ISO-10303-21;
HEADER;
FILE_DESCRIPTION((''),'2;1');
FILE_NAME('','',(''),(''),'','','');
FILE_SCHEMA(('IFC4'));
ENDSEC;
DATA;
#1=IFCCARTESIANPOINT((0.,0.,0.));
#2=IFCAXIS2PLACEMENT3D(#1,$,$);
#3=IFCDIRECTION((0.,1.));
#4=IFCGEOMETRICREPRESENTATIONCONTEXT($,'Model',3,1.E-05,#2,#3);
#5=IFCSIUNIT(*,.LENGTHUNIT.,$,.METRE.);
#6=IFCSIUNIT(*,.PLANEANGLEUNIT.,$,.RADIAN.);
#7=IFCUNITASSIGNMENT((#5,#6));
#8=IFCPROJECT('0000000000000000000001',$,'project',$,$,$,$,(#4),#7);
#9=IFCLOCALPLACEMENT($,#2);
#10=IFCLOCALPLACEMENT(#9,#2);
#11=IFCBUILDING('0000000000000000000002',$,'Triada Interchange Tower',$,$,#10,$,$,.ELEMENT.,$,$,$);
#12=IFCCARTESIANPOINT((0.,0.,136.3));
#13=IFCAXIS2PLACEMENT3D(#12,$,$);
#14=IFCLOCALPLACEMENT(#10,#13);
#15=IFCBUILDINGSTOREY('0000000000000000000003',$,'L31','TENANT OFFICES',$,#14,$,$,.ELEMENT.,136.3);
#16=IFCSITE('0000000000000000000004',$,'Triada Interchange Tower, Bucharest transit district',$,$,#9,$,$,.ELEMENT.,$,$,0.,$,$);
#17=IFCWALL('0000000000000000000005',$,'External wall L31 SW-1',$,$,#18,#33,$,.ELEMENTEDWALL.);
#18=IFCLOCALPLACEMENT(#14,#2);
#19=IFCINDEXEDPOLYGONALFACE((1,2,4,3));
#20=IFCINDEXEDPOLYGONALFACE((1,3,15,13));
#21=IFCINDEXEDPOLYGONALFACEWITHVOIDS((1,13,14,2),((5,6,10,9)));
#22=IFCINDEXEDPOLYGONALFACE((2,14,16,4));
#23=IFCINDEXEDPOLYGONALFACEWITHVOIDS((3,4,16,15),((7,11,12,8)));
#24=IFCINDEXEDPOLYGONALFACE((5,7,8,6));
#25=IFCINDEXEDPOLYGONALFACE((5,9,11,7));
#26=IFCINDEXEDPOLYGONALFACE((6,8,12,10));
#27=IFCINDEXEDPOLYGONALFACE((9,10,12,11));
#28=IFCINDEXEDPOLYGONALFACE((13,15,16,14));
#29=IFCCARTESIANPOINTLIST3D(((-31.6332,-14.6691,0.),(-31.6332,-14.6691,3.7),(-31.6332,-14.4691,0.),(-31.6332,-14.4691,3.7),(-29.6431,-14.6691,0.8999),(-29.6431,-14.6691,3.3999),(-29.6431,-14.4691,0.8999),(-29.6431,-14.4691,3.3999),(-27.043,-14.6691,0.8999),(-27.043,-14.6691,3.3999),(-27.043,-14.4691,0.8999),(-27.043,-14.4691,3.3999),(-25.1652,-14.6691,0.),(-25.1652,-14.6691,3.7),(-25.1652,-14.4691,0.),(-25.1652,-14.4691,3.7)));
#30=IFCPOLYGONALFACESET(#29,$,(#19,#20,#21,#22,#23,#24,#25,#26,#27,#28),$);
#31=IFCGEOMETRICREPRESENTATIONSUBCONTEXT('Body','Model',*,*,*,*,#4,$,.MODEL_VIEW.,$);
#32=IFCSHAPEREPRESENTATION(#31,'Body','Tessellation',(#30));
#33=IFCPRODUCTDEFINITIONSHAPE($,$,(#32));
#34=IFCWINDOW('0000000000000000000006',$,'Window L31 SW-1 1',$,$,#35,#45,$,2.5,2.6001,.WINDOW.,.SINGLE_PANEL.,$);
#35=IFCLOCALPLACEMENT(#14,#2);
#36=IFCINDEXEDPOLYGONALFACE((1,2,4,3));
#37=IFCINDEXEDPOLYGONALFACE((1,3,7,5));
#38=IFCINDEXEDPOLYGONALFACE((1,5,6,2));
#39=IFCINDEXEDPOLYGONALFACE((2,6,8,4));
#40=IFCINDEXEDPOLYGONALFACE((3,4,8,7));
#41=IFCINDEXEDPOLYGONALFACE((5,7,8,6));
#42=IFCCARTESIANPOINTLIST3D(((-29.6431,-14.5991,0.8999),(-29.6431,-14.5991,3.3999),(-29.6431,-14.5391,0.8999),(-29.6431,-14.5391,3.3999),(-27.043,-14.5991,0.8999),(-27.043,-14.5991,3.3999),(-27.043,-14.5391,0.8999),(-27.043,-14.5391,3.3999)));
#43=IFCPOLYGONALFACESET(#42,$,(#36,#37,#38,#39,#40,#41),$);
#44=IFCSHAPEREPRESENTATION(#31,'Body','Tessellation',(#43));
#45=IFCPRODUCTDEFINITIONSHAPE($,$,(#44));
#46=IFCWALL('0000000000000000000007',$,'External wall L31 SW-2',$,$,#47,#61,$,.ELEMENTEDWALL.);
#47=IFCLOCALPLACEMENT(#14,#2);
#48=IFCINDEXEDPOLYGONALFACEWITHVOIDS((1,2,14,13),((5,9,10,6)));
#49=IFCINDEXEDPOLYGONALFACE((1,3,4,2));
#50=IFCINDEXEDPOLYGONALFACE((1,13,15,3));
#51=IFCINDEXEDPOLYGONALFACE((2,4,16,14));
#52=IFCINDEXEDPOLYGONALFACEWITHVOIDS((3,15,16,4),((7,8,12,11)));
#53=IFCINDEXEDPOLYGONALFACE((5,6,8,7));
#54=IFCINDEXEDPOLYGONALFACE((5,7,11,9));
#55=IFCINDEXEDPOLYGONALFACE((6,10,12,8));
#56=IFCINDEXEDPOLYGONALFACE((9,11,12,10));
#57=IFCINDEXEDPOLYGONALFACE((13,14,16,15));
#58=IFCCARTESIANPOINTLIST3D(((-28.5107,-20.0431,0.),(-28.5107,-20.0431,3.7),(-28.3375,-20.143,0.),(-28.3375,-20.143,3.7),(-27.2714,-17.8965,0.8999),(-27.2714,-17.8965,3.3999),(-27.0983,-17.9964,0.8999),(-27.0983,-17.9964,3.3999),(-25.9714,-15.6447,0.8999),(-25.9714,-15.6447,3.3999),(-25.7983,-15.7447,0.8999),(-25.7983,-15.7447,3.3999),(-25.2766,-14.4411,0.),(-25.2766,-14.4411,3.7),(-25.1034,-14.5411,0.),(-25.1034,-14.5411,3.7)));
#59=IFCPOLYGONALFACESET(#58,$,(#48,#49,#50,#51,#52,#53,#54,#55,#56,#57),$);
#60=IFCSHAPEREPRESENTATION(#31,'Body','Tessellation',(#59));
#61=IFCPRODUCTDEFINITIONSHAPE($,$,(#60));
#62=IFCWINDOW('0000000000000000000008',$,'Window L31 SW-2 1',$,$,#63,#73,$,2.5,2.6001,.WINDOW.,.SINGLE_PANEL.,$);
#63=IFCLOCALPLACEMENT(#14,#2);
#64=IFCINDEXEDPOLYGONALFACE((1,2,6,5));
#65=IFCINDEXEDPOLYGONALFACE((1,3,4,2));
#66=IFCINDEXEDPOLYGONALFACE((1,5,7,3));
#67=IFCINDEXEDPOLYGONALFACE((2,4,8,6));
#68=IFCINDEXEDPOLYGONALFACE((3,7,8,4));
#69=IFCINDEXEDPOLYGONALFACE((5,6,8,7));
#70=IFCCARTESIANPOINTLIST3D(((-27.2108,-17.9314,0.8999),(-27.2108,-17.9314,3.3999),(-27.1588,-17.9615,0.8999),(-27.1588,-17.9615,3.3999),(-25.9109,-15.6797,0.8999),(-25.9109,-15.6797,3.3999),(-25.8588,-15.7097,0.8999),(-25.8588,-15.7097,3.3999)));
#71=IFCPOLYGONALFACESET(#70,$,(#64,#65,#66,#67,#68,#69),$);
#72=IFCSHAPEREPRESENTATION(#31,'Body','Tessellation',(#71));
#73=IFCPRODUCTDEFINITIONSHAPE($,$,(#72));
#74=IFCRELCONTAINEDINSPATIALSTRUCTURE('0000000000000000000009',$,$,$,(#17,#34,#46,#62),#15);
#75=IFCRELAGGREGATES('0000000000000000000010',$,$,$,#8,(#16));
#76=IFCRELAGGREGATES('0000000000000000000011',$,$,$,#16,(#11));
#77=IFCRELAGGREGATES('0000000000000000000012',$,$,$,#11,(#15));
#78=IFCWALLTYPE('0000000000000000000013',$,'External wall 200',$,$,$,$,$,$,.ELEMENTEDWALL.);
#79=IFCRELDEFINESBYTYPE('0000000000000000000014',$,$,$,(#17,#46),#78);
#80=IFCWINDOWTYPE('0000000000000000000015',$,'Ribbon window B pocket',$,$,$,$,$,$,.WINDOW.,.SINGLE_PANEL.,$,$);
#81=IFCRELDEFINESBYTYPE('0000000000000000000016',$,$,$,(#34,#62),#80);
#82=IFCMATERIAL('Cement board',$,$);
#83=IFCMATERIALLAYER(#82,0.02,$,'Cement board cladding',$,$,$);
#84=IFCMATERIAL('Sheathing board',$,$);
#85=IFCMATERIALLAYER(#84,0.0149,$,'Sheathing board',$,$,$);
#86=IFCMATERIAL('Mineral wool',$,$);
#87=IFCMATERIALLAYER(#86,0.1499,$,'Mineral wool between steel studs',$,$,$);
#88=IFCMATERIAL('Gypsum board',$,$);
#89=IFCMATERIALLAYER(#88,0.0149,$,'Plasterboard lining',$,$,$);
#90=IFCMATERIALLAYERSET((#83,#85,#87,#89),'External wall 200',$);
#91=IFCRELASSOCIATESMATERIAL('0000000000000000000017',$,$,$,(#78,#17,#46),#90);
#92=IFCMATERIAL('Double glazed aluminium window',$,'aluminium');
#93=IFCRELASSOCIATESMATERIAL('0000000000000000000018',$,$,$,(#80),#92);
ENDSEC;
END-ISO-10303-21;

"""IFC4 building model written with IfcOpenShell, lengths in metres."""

from ifc_helpers import new_model, si_unit, direction, frame, frame_2d, origin, place, context, subcontext, project, spatial, rectangle, extrude, material, layer, layer_set, layer_usage, type_object, element, fill, save


model = new_model("IFC4")

# Units and contexts
model_context = context("Model", 3, precision=1e-05, world=origin(), true_north=direction((0.0, 1.0)))
body_context = subcontext(model_context, "Body", "Model", "MODEL_VIEW")
ifc_project = project(units=[si_unit("LENGTHUNIT", "METRE"), si_unit("PLANEANGLEUNIT", "RADIAN")], contexts=[model_context])

# Site, building, storey
site_placement = place(None, origin())
site = spatial("IfcSite", under=ifc_project, at=site_placement, Name="Triada Interchange Tower, Bucharest transit district", CompositionType="ELEMENT", RefElevation=0.0)
building_placement = place(site_placement, origin())
building = spatial("IfcBuilding", under=site, at=building_placement, Name="Triada Interchange Tower", CompositionType="ELEMENT")
storey_placement = place(building_placement, frame((0.0, 0.0, 136.3)))
storey = spatial("IfcBuildingStorey", under=building, at=storey_placement, Name="L31", Description="TENANT OFFICES", CompositionType="ELEMENT", Elevation=136.3)

# Walls, openings, windows
ifc_material_1 = material(Name="Cement board")
ifc_layer_1 = layer(ifc_material_1, 0.02, Name="Cement board cladding")
ifc_material_2 = material(Name="Sheathing board")
ifc_layer_2 = layer(ifc_material_2, 0.0149, Name="Sheathing board")
ifc_material_3 = material(Name="Mineral wool")
ifc_layer_3 = layer(ifc_material_3, 0.1499, Name="Mineral wool between steel studs")
ifc_material_4 = material(Name="Gypsum board")
ifc_layer_4 = layer(ifc_material_4, 0.0149, Name="Plasterboard lining")
ifc_layer_set_1 = layer_set([ifc_layer_1, ifc_layer_2, ifc_layer_3, ifc_layer_4], Name="External wall 200")
ifc_layer_usage = layer_usage(ifc_layer_set_1, "AXIS2", "POSITIVE", -0.1001)
wall_type_1 = type_object("IfcWallType", Name="External wall 200", PredefinedType="ELEMENTEDWALL", material=ifc_layer_set_1)
wall_1_placement = place(storey_placement, frame((-31.6331, -14.5691, 0.0), z_axis=(0.0, 0.0, 1.0), x_axis=(1.0, 0.0, 0.0)))
wall_1 = element("IfcWall", 1, at=wall_1_placement, inside=storey, type_object=wall_type_1, material=ifc_layer_usage, Name="External wall L31 SW-1", PredefinedType="ELEMENTEDWALL", context=body_context, shape_type="SweptSolid", body=[
    extrude(rectangle(XDim=6.468, YDim=0.2, at=frame_2d((3.2339, 0.0))), origin(), (0.0, 0.0, 1.0), 3.7),
])
opening_1_placement = place(wall_1_placement, frame((1.99, 0.0, 0.8999)))
opening_1 = element("IfcOpeningElement", 2, at=opening_1_placement, cuts=wall_1, PredefinedType="OPENING", context=body_context, shape_type="SweptSolid", body=[
    extrude(rectangle(XDim=2.6001, YDim=2.5, at=frame_2d((1.3, 1.25))), frame((0.0, 0.1099, 0.0), z_axis=(0.0, -1.0, 0.0), x_axis=(1.0, 0.0, 0.0)), (0.0, 0.0, 1.0), 0.22),
])
ifc_material_5 = material(Name="Double glazed aluminium window", Category="aluminium")
window_type_1 = type_object("IfcWindowType", Name="Ribbon window B pocket", PartitioningType="SINGLE_PANEL", PredefinedType="WINDOW", material=ifc_material_5)
window_1_placement = place(opening_1_placement, origin())
window_1 = element("IfcWindow", 3, at=window_1_placement, inside=storey, type_object=window_type_1, Name="Window L31 SW-1 1", OverallHeight=2.5, OverallWidth=2.6001, PartitioningType="SINGLE_PANEL", PredefinedType="WINDOW", context=body_context, shape_type="SweptSolid", body=[
    extrude(rectangle(XDim=2.6001, YDim=2.5, at=frame_2d((1.3, 1.25))), frame((0.0, 0.03, 0.0), z_axis=(0.0, -1.0, 0.0), x_axis=(1.0, 0.0, 0.0)), (0.0, 0.0, 1.0), 0.0601),
])
fill(opening_1, window_1)
wall_2_placement = place(storey_placement, frame((-25.1899, -14.491, 0.0), z_axis=(0.0, 0.0, 1.0), x_axis=(-0.499975, -0.86604, 0.0)))
wall_2 = element("IfcWall", 4, at=wall_2_placement, inside=storey, type_object=wall_type_1, material=ifc_layer_usage, Name="External wall L31 SW-2", PredefinedType="ELEMENTEDWALL", context=body_context, shape_type="SweptSolid", body=[
    extrude(rectangle(XDim=6.4685, YDim=0.2, at=frame_2d((3.2344, 0.0))), origin(), (0.0, 0.0, 1.0), 3.7),
])
opening_2_placement = place(wall_2_placement, frame((1.3899, 0.0, 0.8999)))
opening_2 = element("IfcOpeningElement", 5, at=opening_2_placement, cuts=wall_2, PredefinedType="OPENING", context=body_context, shape_type="SweptSolid", body=[
    extrude(rectangle(XDim=2.6001, YDim=2.5, at=frame_2d((1.3, 1.25))), frame((0.0, 0.1099, 0.0), z_axis=(0.0, -1.0, 0.0), x_axis=(1.0, 0.0, 0.0)), (0.0, 0.0, 1.0), 0.22),
])
window_2_placement = place(opening_2_placement, origin())
window_2 = element("IfcWindow", 6, at=window_2_placement, inside=storey, type_object=window_type_1, Name="Window L31 SW-2 1", OverallHeight=2.5, OverallWidth=2.6001, PartitioningType="SINGLE_PANEL", PredefinedType="WINDOW", context=body_context, shape_type="SweptSolid", body=[
    extrude(rectangle(XDim=2.6001, YDim=2.5, at=frame_2d((1.3, 1.25))), frame((0.0, 0.03, 0.0), z_axis=(0.0, -1.0, 0.0), x_axis=(1.0, 0.0, 0.0)), (0.0, 0.0, 1.0), 0.0601),
])
fill(opening_2, window_2)

save(model, "model.ifc")
